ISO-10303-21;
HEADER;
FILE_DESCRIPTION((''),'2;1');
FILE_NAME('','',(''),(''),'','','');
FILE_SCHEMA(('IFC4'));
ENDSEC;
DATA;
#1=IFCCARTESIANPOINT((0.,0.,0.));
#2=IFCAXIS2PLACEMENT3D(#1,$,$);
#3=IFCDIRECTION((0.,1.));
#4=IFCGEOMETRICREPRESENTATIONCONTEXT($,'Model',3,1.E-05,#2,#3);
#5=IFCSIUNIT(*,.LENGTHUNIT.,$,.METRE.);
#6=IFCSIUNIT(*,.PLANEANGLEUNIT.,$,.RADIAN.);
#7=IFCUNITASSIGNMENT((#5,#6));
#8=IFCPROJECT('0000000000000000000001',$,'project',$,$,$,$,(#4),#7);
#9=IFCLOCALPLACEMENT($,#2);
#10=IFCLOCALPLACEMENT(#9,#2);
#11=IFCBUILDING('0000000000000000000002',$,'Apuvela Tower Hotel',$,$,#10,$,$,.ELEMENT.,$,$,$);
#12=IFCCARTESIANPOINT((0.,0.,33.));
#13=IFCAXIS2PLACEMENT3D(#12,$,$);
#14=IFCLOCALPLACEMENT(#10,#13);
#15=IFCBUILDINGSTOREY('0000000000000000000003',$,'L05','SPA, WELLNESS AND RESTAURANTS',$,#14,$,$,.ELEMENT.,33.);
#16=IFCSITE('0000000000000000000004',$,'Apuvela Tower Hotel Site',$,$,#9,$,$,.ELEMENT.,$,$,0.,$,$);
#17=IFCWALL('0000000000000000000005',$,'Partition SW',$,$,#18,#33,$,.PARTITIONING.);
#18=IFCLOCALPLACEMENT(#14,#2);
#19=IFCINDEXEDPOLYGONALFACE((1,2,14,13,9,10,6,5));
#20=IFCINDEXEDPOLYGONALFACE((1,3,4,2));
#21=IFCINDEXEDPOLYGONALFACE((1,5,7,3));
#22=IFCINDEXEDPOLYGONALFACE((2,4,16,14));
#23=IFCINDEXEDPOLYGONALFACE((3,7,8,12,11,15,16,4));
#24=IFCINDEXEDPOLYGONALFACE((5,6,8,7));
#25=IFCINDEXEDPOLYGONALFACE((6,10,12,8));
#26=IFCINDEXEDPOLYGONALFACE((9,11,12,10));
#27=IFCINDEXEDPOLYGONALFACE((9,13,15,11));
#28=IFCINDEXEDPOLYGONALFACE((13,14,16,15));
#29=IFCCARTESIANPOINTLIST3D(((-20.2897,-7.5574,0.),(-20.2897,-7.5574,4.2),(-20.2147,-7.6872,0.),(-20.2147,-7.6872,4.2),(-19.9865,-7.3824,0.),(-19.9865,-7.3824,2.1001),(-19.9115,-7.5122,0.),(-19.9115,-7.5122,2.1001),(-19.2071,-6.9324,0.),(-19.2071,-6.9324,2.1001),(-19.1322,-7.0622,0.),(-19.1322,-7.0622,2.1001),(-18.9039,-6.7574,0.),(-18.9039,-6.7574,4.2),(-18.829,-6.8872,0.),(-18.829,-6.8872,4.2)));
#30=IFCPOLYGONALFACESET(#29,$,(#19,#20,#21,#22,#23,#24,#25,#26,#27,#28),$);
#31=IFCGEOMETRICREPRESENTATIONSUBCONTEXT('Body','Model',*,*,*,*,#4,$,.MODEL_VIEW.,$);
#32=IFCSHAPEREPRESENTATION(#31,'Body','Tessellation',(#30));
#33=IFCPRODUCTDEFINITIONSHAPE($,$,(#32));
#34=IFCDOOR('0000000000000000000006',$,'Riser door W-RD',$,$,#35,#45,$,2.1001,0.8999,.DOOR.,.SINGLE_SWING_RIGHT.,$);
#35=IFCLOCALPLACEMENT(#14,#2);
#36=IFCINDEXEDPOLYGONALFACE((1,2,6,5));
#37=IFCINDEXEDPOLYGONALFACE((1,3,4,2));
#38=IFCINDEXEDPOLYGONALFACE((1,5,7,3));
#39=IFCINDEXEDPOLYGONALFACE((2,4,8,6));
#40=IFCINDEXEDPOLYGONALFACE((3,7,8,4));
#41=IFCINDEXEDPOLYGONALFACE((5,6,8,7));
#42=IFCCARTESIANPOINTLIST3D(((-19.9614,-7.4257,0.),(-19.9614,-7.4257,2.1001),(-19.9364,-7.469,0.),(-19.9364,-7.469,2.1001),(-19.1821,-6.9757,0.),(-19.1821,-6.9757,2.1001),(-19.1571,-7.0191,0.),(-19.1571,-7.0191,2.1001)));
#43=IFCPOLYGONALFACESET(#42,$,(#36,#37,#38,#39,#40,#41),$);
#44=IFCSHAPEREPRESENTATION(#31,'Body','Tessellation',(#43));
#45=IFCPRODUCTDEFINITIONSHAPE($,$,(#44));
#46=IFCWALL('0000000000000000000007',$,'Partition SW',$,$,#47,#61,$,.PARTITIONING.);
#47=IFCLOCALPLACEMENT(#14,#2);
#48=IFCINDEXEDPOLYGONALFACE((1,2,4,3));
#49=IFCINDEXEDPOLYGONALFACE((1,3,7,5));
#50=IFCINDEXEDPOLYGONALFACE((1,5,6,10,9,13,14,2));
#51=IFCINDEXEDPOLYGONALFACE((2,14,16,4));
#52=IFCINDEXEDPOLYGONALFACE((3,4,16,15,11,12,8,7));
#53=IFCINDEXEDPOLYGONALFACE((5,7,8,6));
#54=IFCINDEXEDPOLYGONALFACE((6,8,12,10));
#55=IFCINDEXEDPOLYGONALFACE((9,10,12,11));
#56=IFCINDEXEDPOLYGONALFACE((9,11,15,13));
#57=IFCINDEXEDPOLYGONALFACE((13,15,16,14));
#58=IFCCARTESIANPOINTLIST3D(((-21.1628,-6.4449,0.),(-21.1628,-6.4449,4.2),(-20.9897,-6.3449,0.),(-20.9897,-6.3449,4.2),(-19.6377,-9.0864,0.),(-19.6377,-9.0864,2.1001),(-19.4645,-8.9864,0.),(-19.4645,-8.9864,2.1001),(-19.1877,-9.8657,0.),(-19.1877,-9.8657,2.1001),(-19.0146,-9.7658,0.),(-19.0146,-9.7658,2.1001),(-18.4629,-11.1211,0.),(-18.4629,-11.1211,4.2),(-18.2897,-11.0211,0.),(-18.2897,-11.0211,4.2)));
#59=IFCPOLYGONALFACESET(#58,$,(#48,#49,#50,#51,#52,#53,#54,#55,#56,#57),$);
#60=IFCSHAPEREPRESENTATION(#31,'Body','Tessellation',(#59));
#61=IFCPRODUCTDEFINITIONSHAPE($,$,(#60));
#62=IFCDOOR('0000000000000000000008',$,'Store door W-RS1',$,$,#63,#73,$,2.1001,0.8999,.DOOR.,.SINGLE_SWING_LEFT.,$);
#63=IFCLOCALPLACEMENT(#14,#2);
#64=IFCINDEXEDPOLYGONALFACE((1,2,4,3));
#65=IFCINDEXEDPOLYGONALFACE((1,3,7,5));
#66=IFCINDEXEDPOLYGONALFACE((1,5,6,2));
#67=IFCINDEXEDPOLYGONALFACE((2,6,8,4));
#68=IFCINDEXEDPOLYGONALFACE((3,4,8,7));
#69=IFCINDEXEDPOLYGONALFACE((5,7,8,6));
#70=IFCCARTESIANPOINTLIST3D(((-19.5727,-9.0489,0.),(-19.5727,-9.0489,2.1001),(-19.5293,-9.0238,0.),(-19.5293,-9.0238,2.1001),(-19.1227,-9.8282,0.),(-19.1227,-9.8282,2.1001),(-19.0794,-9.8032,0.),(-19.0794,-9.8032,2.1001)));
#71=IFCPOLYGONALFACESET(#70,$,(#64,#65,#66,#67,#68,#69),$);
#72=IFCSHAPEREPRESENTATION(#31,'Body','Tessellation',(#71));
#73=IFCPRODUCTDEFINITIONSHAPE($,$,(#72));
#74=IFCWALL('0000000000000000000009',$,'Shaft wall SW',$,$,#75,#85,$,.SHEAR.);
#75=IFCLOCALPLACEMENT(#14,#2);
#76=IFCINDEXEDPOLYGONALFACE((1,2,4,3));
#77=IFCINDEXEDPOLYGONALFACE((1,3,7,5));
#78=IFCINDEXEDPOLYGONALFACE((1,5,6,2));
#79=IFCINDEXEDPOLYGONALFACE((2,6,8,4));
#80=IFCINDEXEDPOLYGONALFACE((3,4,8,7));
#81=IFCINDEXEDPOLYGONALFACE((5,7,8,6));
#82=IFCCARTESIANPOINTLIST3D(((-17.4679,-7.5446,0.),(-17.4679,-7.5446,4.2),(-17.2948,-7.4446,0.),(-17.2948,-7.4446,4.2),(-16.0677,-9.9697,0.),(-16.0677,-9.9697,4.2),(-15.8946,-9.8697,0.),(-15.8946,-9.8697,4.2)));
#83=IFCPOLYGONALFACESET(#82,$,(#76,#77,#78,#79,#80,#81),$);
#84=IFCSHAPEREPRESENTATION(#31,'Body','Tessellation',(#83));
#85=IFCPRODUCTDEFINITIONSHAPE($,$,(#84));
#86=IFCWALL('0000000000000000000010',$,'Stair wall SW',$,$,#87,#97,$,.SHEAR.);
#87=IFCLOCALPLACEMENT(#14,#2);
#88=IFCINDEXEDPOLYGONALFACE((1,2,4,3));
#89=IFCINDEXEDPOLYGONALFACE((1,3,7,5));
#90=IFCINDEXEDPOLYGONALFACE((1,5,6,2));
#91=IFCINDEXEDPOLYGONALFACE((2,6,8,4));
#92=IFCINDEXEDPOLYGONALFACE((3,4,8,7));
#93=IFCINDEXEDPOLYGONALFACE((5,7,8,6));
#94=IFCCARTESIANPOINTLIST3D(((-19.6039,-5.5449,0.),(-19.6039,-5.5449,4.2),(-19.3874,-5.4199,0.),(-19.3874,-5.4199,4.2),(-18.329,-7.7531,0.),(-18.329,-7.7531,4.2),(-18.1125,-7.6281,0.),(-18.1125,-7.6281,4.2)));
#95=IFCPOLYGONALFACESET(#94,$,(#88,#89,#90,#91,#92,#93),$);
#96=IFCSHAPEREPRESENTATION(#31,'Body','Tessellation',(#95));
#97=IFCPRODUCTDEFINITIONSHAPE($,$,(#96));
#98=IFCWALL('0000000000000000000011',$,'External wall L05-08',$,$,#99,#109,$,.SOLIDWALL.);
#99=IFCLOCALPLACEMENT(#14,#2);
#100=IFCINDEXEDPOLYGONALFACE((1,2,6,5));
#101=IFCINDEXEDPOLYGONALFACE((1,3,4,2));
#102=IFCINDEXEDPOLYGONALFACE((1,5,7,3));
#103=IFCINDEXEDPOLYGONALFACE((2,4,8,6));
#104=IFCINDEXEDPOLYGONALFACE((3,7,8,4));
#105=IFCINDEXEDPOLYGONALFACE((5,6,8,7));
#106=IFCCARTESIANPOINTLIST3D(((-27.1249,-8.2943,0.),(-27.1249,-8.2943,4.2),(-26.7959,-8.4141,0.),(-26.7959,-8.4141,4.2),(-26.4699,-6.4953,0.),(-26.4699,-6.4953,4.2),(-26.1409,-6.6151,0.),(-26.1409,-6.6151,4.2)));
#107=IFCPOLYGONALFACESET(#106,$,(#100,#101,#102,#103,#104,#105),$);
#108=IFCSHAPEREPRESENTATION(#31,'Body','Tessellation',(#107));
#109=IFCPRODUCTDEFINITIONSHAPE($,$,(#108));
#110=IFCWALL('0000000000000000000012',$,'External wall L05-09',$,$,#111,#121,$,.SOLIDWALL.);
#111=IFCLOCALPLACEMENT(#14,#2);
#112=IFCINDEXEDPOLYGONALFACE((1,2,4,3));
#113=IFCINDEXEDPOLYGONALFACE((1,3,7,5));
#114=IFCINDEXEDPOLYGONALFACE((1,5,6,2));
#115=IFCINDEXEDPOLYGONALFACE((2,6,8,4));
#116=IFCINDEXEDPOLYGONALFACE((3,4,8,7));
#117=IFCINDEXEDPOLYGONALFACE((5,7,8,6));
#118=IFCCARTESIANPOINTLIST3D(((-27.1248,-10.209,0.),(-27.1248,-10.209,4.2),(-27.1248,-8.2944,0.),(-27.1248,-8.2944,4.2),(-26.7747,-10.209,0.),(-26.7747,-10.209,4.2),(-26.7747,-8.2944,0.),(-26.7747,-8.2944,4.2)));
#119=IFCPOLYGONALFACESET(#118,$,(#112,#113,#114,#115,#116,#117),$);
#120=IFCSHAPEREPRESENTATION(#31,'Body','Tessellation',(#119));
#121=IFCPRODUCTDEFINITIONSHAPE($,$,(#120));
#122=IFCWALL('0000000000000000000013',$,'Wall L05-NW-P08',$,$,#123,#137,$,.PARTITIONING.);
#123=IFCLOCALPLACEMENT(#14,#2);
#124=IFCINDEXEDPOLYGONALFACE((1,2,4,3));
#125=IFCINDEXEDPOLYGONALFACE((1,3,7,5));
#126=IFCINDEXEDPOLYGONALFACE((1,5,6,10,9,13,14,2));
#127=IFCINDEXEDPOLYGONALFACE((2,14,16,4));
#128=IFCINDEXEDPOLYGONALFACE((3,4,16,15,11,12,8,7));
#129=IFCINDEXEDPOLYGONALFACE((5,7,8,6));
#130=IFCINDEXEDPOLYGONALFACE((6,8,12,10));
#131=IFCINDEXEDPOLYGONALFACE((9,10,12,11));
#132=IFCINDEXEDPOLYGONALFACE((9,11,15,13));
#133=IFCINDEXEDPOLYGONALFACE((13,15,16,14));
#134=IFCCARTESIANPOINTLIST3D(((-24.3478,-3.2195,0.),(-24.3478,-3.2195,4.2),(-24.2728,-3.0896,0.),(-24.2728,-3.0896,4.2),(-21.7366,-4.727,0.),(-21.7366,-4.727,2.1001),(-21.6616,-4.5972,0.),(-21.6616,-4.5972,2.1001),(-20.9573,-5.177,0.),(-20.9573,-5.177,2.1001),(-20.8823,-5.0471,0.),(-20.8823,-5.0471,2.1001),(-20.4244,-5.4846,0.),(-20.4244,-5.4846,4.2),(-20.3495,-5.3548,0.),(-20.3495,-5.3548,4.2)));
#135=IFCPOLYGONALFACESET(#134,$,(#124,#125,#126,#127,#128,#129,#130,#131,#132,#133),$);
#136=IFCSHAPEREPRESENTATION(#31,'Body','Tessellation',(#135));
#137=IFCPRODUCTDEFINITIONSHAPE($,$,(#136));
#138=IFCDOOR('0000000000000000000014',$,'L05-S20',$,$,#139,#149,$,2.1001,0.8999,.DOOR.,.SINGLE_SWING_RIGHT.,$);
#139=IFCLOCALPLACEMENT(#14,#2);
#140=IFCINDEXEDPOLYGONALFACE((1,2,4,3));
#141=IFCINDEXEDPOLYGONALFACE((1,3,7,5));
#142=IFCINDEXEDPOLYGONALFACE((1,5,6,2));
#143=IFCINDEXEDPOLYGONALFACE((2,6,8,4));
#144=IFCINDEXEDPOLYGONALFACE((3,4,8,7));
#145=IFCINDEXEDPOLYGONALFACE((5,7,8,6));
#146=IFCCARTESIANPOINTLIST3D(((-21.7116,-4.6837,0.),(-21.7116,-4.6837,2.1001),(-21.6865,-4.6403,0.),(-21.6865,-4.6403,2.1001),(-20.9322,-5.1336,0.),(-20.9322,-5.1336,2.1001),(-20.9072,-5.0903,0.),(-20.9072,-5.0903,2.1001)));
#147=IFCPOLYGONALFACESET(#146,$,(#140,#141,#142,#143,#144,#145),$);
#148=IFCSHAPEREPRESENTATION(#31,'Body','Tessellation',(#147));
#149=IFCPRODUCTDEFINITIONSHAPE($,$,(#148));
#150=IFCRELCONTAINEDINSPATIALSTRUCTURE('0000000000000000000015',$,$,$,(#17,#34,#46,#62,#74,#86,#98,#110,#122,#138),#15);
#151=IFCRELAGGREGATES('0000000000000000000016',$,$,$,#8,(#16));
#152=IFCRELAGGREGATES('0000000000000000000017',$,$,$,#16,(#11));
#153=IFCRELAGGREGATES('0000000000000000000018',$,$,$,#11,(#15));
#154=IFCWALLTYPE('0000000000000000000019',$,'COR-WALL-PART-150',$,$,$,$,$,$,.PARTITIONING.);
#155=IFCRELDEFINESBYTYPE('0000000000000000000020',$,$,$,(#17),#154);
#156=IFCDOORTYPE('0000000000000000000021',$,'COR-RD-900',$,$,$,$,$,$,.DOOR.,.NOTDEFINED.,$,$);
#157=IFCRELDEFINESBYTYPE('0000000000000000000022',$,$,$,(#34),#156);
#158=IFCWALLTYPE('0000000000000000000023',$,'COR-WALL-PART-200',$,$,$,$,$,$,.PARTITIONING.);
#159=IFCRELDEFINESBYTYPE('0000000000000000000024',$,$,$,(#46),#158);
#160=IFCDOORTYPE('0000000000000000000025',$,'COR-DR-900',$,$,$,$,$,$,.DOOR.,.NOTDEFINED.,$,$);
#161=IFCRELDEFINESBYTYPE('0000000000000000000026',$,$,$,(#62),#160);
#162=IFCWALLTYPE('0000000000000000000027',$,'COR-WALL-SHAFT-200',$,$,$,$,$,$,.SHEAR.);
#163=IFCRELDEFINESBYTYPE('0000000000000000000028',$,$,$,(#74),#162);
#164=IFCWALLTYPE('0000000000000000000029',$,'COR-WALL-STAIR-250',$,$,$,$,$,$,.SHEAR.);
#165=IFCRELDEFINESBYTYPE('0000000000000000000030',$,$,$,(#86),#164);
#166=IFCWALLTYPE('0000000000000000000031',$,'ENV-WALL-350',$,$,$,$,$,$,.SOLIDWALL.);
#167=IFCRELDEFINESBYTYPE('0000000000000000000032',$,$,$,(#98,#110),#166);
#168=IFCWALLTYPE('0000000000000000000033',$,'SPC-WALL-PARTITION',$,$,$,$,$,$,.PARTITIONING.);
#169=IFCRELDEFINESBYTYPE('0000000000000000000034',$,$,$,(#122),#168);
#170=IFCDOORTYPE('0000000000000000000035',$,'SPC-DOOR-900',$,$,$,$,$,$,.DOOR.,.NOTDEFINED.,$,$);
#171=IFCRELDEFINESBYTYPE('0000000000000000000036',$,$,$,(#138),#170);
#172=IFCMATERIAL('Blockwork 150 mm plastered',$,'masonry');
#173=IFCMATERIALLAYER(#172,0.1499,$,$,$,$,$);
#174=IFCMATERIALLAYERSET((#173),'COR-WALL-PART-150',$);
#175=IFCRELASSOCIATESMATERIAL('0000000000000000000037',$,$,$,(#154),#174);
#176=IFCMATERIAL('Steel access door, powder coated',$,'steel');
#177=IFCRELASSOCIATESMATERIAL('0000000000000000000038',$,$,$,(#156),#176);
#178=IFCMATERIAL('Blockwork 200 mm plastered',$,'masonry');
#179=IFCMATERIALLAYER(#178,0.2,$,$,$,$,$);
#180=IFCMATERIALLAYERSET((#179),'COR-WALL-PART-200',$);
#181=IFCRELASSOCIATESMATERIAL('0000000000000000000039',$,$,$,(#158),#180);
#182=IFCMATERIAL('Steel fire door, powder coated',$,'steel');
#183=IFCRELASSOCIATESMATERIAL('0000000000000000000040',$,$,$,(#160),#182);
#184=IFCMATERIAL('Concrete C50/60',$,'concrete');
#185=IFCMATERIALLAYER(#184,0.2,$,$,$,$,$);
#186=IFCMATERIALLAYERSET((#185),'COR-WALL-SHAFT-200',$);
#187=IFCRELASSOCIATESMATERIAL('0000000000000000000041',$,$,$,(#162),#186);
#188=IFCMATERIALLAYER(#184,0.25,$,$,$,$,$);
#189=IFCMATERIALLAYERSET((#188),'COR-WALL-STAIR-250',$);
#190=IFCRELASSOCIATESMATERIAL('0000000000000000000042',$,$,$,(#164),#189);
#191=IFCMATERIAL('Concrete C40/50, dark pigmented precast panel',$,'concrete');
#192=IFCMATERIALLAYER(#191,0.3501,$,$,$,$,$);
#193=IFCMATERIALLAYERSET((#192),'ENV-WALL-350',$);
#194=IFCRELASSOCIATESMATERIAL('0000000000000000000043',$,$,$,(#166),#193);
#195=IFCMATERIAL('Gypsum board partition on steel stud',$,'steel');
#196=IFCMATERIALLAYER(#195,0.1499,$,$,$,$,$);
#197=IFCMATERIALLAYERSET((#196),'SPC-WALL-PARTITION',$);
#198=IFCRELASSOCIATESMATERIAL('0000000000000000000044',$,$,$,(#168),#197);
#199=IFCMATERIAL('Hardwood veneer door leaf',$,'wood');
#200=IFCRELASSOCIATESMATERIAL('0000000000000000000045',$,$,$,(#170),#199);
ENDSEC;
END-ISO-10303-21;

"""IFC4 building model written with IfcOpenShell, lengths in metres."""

from ifc_helpers import new_model, si_unit, direction, frame, frame_2d, origin, place, context, subcontext, project, spatial, rectangle, extrude, material, layer, layer_set, type_object, element, fill, save


model = new_model("IFC4")

# Units and contexts
model_context = context("Model", 3, precision=1e-05, world=origin(), true_north=direction((0.0, 1.0)))
body_context = subcontext(model_context, "Body", "Model", "MODEL_VIEW")
ifc_project = project(units=[si_unit("LENGTHUNIT", "METRE"), si_unit("PLANEANGLEUNIT", "RADIAN")], contexts=[model_context])

# Site, building, storey
site_placement = place(None, origin())
site = spatial("IfcSite", under=ifc_project, at=site_placement, Name="Apuvela Tower Hotel Site", CompositionType="ELEMENT", RefElevation=0.0)
building_placement = place(site_placement, origin())
building = spatial("IfcBuilding", under=site, at=building_placement, Name="Apuvela Tower Hotel", CompositionType="ELEMENT")
storey_placement = place(building_placement, frame((0.0, 0.0, 33.0)))
storey = spatial("IfcBuildingStorey", under=building, at=storey_placement, Name="L05", Description="SPA, WELLNESS AND RESTAURANTS", CompositionType="ELEMENT", Elevation=33.0)

# Walls, openings, doors
ifc_material_1 = material(Name="Blockwork 150 mm plastered", Category="masonry")
ifc_layer_1 = layer(ifc_material_1, 0.1499)
ifc_layer_set_1 = layer_set([ifc_layer_1], Name="COR-WALL-PART-150")
wall_type_1 = type_object("IfcWallType", Name="COR-WALL-PART-150", PredefinedType="PARTITIONING", material=ifc_layer_set_1)
wall_1_placement = place(storey_placement, frame((-18.8665, -6.8223, 0.0), z_axis=(0.0, 0.0, 1.0), x_axis=(-0.866028, -0.499995, 0.0)))
wall_1 = element("IfcWall", 1, at=wall_1_placement, inside=storey, type_object=wall_type_1, Name="Partition SW", PredefinedType="PARTITIONING", context=body_context, shape_type="SweptSolid", body=[
    extrude(rectangle(XDim=1.6001, YDim=0.1499, at=frame_2d((0.8, 0.0))), origin(), (0.0, 0.0, 1.0), 4.2),
])
opening_1_placement = place(wall_1_placement, frame((0.3501, 0.0, 0.0)))
opening_1 = element("IfcOpeningElement", 2, at=opening_1_placement, cuts=wall_1, PredefinedType="OPENING", context=body_context, shape_type="SweptSolid", body=[
    extrude(rectangle(XDim=0.8999, YDim=2.1001, at=frame_2d((0.45, 1.05))), frame((0.0, 0.085, 0.0), z_axis=(0.0, -1.0, 0.0), x_axis=(1.0, 0.0, 0.0)), (0.0, 0.0, 1.0), 0.1699),
])
ifc_material_2 = material(Name="Steel access door, powder coated", Category="steel")
door_type_1 = type_object("IfcDoorType", Name="COR-RD-900", OperationType="NOTDEFINED", PredefinedType="DOOR", material=ifc_material_2)
door_1_placement = place(opening_1_placement, frame((0.8999, 0.0, 0.0), z_axis=(0.0, 0.0, 1.0), x_axis=(-1.0, 0.0, 0.0)))
door_1 = element("IfcDoor", 3, at=door_1_placement, inside=storey, type_object=door_type_1, Name="Riser door W-RD", OperationType="SINGLE_SWING_RIGHT", OverallHeight=2.1001, OverallWidth=0.8999, PredefinedType="DOOR", context=body_context, shape_type="SweptSolid", body=[
    extrude(rectangle(XDim=0.8999, YDim=2.1001, at=frame_2d((0.45, 1.05))), frame((0.0, 0.0249, 0.0), z_axis=(0.0, -1.0, 0.0), x_axis=(1.0, 0.0, 0.0)), (0.0, 0.0, 1.0), 0.05),
])
fill(opening_1, door_1)
ifc_material_3 = material(Name="Blockwork 200 mm plastered", Category="masonry")
ifc_layer_2 = layer(ifc_material_3, 0.2)
ifc_layer_set_2 = layer_set([ifc_layer_2], Name="COR-WALL-PART-200")
wall_type_2 = type_object("IfcWallType", Name="COR-WALL-PART-200", PredefinedType="PARTITIONING", material=ifc_layer_set_2)
wall_2_placement = place(storey_placement, frame((-21.0762, -6.395, 0.0), z_axis=(0.0, 0.0, 1.0), x_axis=(0.500015, -0.866017, 0.0)))
wall_2 = element("IfcWall", 4, at=wall_2_placement, inside=storey, type_object=wall_type_2, Name="Partition SW", PredefinedType="PARTITIONING", context=body_context, shape_type="SweptSolid", body=[
    extrude(rectangle(XDim=5.3997, YDim=0.2, at=frame_2d((2.6997, 0.0))), origin(), (0.0, 0.0, 1.0), 4.2),
])
opening_2_placement = place(wall_2_placement, frame((3.05, 0.0, 0.0)))
opening_2 = element("IfcOpeningElement", 5, at=opening_2_placement, cuts=wall_2, PredefinedType="OPENING", context=body_context, shape_type="SweptSolid", body=[
    extrude(rectangle(XDim=0.8999, YDim=2.1001, at=frame_2d((0.45, 1.05))), frame((0.0, 0.1099, 0.0), z_axis=(0.0, -1.0, 0.0), x_axis=(1.0, 0.0, 0.0)), (0.0, 0.0, 1.0), 0.22),
])
ifc_material_4 = material(Name="Steel fire door, powder coated", Category="steel")
door_type_2 = type_object("IfcDoorType", Name="COR-DR-900", OperationType="NOTDEFINED", PredefinedType="DOOR", material=ifc_material_4)
door_2_placement = place(opening_2_placement, frame((0.8999, 0.0, 0.0), z_axis=(0.0, 0.0, 1.0), x_axis=(-1.0, 0.0, 0.0)))
door_2 = element("IfcDoor", 6, at=door_2_placement, inside=storey, type_object=door_type_2, Name="Store door W-RS1", OperationType="SINGLE_SWING_LEFT", OverallHeight=2.1001, OverallWidth=0.8999, PredefinedType="DOOR", context=body_context, shape_type="SweptSolid", body=[
    extrude(rectangle(XDim=0.8999, YDim=2.1001, at=frame_2d((0.45, 1.05))), frame((0.0, 0.0249, 0.0), z_axis=(0.0, -1.0, 0.0), x_axis=(1.0, 0.0, 0.0)), (0.0, 0.0, 1.0), 0.05),
])
fill(opening_2, door_2)

# Walls
ifc_material_5 = material(Name="Concrete C50/60", Category="concrete")
ifc_layer_3 = layer(ifc_material_5, 0.2)
ifc_layer_set_3 = layer_set([ifc_layer_3], Name="COR-WALL-SHAFT-200")
wall_type_3 = type_object("IfcWallType", Name="COR-WALL-SHAFT-200", PredefinedType="SHEAR", material=ifc_layer_set_3)
wall_3_placement = place(storey_placement, frame((-17.3813, -7.4946, 0.0), z_axis=(0.0, 0.0, 1.0), x_axis=(0.500012, -0.866019, 0.0)))
element("IfcWall", 7, at=wall_3_placement, inside=storey, type_object=wall_type_3, Name="Shaft wall SW", PredefinedType="SHEAR", context=body_context, shape_type="SweptSolid", body=[
    extrude(rectangle(XDim=2.8003, YDim=0.2, at=frame_2d((1.4001, 0.0))), origin(), (0.0, 0.0, 1.0), 4.2),
])
ifc_layer_4 = layer(ifc_material_5, 0.25)
ifc_layer_set_4 = layer_set([ifc_layer_4], Name="COR-WALL-STAIR-250")
wall_type_4 = type_object("IfcWallType", Name="COR-WALL-STAIR-250", PredefinedType="SHEAR", material=ifc_layer_set_4)
wall_4_placement = place(storey_placement, frame((-19.4956, -5.4824, 0.0), z_axis=(0.0, 0.0, 1.0), x_axis=(0.49999, -0.866031, 0.0)))
element("IfcWall", 8, at=wall_4_placement, inside=storey, type_object=wall_type_4, Name="Stair wall SW", PredefinedType="SHEAR", context=body_context, shape_type="SweptSolid", body=[
    extrude(rectangle(XDim=2.5498, YDim=0.25, at=frame_2d((1.2749, 0.0))), origin(), (0.0, 0.0, 1.0), 4.2),
])
ifc_material_6 = material(Name="Concrete C40/50, dark pigmented precast panel", Category="concrete")
ifc_layer_5 = layer(ifc_material_6, 0.3501)
ifc_layer_set_5 = layer_set([ifc_layer_5], Name="ENV-WALL-350")
wall_type_5 = type_object("IfcWallType", Name="ENV-WALL-350", PredefinedType="SOLIDWALL", material=ifc_layer_set_5)
for number, where, z_axis, x_axis, name in (
    (9, (-26.3054, -6.5552, 0.0), (0.0, 0.0, 1.0), (-0.342122, -0.939656, 0.0), "External wall L05-08"),
    (10, (-26.9497, -8.2944, 0.0), (0.0, 0.0, 1.0), (0.0, -1.0, 0.0), "External wall L05-09"),
):
    element("IfcWall", number, at=place(storey_placement, frame(where, z_axis=z_axis, x_axis=x_axis)), inside=storey, type_object=wall_type_5, Name=name, PredefinedType="SOLIDWALL", context=body_context, shape_type="SweptSolid", body=[
        extrude(rectangle(XDim=1.9146, YDim=0.3501, at=frame_2d((0.9573, 0.0))), origin(), (0.0, 0.0, 1.0), 4.2),
    ])

# Wall, opening, door
ifc_material_7 = material(Name="Gypsum board partition on steel stud", Category="steel")
ifc_layer_6 = layer(ifc_material_7, 0.1499)
ifc_layer_set_6 = layer_set([ifc_layer_6], Name="SPC-WALL-PARTITION")
wall_type_6 = type_object("IfcWallType", Name="SPC-WALL-PARTITION", PredefinedType="PARTITIONING", material=ifc_layer_set_6)
wall_5_placement = place(storey_placement, frame((-24.3103, -3.1545, 0.0), z_axis=(0.0, 0.0, 1.0), x_axis=(0.866026, -0.499999, 0.0)))
wall_5 = element("IfcWall", 11, at=wall_5_placement, inside=storey, type_object=wall_type_6, Name="Wall L05-NW-P08", PredefinedType="PARTITIONING", context=body_context, shape_type="SweptSolid", body=[
    extrude(rectangle(XDim=4.5303, YDim=0.1499, at=frame_2d((2.2651, 0.0))), origin(), (0.0, 0.0, 1.0), 4.2),
])
opening_3_placement = place(wall_5_placement, frame((3.0151, 0.0, 0.0)))
opening_3 = element("IfcOpeningElement", 12, at=opening_3_placement, cuts=wall_5, PredefinedType="OPENING", context=body_context, shape_type="SweptSolid", body=[
    extrude(rectangle(XDim=0.8999, YDim=2.1001, at=frame_2d((0.45, 1.05))), frame((0.0, 0.085, 0.0), z_axis=(0.0, -1.0, 0.0), x_axis=(1.0, 0.0, 0.0)), (0.0, 0.0, 1.0), 0.1699),
])
ifc_material_8 = material(Name="Hardwood veneer door leaf", Category="wood")
door_type_3 = type_object("IfcDoorType", Name="SPC-DOOR-900", OperationType="NOTDEFINED", PredefinedType="DOOR", material=ifc_material_8)
door_3_placement = place(opening_3_placement, frame((0.8999, 0.0, 0.0), z_axis=(0.0, 0.0, 1.0), x_axis=(-1.0, 0.0, 0.0)))
door_3 = element("IfcDoor", 13, at=door_3_placement, inside=storey, type_object=door_type_3, Name="L05-S20", OperationType="SINGLE_SWING_RIGHT", OverallHeight=2.1001, OverallWidth=0.8999, PredefinedType="DOOR", context=body_context, shape_type="SweptSolid", body=[
    extrude(rectangle(XDim=0.8999, YDim=2.1001, at=frame_2d((0.45, 1.05))), frame((0.0, 0.0249, 0.0), z_axis=(0.0, -1.0, 0.0), x_axis=(1.0, 0.0, 0.0)), (0.0, 0.0, 1.0), 0.05),
])
fill(opening_3, door_3)

save(model, "model.ifc")
